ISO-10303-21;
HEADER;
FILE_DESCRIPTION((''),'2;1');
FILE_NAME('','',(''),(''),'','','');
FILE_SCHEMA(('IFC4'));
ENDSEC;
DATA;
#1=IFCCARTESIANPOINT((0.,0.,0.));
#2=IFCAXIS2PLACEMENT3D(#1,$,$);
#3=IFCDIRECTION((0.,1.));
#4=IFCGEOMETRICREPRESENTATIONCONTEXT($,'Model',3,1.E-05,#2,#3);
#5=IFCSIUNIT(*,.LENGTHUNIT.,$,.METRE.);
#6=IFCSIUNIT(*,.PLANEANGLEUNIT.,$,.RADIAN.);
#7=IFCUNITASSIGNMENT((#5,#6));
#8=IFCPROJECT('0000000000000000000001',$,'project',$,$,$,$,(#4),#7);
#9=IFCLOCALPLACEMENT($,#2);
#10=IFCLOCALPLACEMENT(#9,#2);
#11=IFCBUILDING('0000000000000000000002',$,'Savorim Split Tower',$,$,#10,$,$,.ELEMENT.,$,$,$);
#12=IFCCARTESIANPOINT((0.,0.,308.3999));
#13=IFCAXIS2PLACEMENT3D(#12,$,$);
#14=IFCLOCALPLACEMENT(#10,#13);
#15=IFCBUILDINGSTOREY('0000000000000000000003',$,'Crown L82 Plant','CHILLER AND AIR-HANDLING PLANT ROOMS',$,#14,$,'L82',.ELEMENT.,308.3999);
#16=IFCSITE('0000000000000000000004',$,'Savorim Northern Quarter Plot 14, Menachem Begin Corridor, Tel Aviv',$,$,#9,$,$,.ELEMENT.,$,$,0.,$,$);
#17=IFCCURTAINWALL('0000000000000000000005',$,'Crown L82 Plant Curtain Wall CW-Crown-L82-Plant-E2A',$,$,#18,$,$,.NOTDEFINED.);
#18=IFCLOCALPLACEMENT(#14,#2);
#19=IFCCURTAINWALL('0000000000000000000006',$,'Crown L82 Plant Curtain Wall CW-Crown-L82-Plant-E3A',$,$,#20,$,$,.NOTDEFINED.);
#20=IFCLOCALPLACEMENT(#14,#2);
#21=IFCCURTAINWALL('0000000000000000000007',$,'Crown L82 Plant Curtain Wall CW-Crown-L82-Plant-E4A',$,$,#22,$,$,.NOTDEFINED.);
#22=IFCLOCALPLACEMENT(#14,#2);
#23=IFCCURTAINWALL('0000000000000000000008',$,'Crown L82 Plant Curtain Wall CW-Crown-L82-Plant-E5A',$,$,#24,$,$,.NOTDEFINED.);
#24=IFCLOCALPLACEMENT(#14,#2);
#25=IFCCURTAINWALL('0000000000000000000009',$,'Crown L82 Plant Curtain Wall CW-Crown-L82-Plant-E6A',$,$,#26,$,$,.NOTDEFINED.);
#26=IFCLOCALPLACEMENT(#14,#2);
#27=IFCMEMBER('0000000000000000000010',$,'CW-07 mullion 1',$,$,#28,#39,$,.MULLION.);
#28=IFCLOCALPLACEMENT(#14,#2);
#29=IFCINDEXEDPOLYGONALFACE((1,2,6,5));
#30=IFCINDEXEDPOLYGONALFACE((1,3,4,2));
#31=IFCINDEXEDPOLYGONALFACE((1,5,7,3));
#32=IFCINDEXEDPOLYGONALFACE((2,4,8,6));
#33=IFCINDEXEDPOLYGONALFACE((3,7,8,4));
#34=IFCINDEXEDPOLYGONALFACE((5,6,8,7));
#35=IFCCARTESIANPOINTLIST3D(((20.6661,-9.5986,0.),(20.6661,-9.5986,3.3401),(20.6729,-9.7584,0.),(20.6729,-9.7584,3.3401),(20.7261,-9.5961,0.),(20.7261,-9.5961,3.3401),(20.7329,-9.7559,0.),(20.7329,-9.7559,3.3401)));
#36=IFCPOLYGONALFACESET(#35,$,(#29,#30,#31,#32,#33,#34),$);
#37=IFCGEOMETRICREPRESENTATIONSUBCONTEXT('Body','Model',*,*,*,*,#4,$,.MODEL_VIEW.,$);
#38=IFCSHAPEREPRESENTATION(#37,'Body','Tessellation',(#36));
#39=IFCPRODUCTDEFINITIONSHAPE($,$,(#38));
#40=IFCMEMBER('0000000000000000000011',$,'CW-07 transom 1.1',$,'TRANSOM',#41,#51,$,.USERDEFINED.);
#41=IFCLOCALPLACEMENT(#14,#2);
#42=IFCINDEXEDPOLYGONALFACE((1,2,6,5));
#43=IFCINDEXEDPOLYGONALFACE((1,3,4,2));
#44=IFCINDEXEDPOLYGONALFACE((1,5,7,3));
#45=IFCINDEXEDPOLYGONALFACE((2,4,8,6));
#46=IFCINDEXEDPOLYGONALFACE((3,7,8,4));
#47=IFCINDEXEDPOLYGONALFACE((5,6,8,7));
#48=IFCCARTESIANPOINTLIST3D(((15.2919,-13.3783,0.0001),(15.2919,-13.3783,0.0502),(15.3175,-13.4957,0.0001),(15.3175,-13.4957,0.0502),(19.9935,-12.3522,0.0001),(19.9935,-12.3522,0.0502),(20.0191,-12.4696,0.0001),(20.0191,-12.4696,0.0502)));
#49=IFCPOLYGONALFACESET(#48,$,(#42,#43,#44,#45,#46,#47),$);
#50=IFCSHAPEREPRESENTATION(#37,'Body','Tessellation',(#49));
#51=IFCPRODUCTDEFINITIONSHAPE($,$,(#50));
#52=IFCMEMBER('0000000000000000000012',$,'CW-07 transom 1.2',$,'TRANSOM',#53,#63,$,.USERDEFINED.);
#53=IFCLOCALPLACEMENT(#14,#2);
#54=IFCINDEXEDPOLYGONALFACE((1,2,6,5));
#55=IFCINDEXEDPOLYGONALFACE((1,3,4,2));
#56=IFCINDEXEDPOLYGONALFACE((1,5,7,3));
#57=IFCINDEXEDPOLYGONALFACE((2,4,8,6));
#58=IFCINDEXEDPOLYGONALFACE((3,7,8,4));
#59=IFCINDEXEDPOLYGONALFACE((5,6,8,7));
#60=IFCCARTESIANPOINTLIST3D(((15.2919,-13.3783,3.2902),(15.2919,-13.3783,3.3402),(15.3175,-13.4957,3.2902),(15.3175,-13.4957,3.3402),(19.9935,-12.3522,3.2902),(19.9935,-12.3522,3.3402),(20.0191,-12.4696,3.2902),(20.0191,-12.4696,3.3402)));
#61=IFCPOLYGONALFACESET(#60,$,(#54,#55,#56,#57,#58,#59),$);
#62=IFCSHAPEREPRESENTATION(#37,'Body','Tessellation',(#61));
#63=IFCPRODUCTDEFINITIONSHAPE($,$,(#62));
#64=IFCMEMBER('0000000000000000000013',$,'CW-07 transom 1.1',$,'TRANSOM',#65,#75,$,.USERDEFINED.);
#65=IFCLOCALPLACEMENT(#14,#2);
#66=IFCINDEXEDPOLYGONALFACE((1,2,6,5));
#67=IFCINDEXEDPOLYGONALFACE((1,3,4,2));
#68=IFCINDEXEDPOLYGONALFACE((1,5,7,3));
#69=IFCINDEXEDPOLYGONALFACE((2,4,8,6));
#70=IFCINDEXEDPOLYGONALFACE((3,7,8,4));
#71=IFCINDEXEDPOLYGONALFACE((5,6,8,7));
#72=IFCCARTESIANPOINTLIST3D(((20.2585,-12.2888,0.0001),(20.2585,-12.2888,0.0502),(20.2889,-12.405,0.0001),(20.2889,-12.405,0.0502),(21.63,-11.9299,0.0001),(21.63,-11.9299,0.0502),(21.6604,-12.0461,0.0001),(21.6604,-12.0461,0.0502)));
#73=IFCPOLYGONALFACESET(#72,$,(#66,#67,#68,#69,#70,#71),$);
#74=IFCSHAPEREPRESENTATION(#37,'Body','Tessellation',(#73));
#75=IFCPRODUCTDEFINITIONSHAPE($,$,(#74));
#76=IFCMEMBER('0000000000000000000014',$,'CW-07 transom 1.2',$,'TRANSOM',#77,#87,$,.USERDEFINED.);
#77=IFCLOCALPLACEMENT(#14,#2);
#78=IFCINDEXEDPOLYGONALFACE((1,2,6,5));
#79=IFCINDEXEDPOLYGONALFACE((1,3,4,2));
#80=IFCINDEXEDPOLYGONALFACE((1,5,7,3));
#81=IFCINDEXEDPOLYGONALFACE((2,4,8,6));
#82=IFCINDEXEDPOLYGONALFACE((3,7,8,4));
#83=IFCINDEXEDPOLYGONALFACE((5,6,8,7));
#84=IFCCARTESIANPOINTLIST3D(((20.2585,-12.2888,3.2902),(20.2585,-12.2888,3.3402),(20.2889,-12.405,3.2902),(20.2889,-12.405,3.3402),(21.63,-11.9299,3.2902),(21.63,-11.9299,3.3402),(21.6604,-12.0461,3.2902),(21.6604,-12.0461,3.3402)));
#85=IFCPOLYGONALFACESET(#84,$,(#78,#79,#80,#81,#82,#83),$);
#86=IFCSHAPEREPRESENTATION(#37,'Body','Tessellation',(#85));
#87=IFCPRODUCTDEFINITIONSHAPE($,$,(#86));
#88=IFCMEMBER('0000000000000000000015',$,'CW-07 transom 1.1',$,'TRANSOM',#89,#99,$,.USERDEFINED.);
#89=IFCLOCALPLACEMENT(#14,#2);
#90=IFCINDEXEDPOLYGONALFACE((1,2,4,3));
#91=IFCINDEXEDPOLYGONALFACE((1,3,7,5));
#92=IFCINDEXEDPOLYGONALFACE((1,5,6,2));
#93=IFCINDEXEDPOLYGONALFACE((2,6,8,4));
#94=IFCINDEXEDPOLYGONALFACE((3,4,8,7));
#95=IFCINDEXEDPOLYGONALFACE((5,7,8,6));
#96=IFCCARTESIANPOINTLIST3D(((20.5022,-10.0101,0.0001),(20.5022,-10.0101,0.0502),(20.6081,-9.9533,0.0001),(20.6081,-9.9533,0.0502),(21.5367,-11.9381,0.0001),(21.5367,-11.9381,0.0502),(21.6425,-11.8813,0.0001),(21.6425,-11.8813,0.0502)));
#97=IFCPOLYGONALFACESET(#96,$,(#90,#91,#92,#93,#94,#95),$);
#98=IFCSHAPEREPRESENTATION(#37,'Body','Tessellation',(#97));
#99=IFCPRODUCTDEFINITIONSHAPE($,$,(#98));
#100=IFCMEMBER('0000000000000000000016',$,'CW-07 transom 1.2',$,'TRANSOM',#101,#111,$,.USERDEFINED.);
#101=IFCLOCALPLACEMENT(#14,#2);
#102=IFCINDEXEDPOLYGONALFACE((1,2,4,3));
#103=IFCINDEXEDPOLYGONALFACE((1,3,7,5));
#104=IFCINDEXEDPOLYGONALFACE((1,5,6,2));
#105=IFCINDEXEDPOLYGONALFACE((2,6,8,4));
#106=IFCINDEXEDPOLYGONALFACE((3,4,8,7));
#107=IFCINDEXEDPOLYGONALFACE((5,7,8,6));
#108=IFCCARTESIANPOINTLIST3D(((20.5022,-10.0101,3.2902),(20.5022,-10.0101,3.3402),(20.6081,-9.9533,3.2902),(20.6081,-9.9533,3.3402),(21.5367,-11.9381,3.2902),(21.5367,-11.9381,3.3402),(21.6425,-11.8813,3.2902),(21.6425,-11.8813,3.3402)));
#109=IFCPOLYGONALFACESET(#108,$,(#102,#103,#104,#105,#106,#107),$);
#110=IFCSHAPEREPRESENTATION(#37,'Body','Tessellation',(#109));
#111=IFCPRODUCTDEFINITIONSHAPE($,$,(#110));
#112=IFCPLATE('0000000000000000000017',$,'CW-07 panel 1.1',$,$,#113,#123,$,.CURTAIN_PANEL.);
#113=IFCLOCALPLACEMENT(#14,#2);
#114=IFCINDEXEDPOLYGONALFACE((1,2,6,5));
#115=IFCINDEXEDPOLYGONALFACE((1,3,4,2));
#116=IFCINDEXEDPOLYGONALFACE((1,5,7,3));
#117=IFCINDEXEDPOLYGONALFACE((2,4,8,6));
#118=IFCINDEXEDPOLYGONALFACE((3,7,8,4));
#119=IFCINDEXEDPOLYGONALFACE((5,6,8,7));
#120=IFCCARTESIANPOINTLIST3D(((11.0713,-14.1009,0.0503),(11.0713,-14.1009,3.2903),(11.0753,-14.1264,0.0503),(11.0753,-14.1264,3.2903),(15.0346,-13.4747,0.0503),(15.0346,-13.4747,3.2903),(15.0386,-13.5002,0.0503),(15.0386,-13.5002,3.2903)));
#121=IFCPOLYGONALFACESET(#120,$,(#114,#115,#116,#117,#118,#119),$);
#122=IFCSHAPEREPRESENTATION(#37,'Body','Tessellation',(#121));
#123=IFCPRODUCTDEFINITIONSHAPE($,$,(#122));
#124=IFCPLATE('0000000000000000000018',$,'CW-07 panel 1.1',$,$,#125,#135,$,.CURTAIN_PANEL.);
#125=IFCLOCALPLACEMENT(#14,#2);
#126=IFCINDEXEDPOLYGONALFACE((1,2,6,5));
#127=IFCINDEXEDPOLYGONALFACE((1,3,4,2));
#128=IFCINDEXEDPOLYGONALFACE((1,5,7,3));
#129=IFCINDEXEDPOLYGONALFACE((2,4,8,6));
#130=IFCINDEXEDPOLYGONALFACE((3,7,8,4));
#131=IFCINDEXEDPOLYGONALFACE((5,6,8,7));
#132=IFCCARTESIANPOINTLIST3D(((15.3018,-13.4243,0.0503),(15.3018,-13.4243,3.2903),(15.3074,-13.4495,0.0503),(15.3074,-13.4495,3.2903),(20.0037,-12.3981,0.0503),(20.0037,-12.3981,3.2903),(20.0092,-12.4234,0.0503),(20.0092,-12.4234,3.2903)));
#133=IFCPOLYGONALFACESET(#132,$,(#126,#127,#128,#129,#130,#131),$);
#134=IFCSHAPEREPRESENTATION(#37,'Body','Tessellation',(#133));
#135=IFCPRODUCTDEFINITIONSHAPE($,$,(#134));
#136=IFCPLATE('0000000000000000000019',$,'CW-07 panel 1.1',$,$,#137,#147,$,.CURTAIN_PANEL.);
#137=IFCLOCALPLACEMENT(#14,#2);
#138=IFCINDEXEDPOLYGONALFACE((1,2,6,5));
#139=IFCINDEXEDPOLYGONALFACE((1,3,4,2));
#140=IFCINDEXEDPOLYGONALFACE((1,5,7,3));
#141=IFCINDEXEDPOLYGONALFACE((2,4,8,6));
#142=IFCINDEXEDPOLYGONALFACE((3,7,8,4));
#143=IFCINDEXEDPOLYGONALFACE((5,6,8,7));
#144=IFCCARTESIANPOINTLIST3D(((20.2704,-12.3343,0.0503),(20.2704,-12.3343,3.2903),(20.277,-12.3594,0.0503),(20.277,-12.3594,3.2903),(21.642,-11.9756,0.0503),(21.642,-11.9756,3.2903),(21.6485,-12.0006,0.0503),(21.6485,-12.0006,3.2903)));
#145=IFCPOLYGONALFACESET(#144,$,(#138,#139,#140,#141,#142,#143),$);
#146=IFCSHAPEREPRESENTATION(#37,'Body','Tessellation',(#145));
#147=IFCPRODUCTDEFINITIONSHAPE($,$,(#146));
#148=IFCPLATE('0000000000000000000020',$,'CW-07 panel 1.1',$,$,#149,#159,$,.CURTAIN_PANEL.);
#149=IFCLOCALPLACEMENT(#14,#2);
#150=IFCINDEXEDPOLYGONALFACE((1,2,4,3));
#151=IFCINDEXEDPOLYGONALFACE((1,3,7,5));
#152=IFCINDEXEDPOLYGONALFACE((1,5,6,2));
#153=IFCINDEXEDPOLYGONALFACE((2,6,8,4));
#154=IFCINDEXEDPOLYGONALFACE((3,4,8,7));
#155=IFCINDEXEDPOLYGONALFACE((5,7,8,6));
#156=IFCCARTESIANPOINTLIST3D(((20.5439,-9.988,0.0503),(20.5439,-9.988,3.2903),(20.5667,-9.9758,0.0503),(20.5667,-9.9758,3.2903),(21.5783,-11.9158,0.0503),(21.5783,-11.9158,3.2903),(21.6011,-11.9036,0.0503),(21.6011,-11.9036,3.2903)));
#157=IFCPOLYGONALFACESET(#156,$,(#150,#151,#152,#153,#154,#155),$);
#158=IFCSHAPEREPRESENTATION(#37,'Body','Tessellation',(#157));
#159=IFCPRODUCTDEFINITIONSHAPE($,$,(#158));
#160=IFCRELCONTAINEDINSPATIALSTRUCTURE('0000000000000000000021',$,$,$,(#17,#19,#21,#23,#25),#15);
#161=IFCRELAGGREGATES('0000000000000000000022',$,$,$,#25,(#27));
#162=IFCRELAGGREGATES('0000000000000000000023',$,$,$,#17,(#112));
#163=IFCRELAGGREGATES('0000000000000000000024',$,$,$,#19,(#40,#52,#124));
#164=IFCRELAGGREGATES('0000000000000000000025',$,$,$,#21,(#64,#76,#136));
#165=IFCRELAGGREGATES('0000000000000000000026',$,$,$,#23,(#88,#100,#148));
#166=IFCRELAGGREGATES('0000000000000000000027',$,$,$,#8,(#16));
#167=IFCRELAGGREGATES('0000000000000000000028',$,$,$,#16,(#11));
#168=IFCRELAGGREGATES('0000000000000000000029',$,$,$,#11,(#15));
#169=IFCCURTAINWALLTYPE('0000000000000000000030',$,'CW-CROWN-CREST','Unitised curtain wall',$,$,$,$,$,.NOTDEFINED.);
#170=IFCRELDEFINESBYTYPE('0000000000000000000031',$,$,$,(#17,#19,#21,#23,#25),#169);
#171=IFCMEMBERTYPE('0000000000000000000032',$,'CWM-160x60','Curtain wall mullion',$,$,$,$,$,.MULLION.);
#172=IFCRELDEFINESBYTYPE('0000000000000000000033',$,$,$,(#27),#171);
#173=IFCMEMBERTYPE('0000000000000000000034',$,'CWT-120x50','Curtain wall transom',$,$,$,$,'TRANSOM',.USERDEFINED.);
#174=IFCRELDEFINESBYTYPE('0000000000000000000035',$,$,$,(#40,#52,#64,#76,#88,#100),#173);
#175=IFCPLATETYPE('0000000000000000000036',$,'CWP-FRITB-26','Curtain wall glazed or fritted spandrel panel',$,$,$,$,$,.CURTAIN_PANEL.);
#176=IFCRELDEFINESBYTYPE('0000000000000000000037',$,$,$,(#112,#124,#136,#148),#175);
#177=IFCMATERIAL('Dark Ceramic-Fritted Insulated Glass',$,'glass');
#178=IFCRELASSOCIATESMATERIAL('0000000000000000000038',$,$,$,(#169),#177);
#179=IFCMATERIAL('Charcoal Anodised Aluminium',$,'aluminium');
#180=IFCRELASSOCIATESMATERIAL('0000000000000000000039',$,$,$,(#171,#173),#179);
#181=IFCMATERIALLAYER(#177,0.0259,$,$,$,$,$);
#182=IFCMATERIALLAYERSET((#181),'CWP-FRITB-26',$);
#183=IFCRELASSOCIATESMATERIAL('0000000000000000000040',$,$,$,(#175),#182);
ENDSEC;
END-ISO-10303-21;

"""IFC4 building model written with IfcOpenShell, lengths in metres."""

from ifc_helpers import new_model, si_unit, direction, frame, origin, origin_2d, place, context, subcontext, project, spatial, rectangle, extrude, material, layer, layer_set, material_profile, profile_set, type_object, element, aggregate, save


model = new_model("IFC4")

# Units and contexts
model_context = context("Model", 3, precision=1e-05, world=origin(), true_north=direction((0.0, 1.0)))
body_context = subcontext(model_context, "Body", "Model", "MODEL_VIEW")
ifc_project = project(units=[si_unit("LENGTHUNIT", "METRE"), si_unit("PLANEANGLEUNIT", "RADIAN")], contexts=[model_context])

# Site, building, storey
site_placement = place(None, origin())
site = spatial("IfcSite", under=ifc_project, at=site_placement, Name="Savorim Northern Quarter Plot 14, Menachem Begin Corridor, Tel Aviv", CompositionType="ELEMENT", RefElevation=0.0)
building_placement = place(site_placement, origin())
building = spatial("IfcBuilding", under=site, at=building_placement, Name="Savorim Split Tower", CompositionType="ELEMENT")
storey_placement = place(building_placement, frame((0.0, 0.0, 308.3999)))
storey = spatial("IfcBuildingStorey", under=building, at=storey_placement, Name="Crown L82 Plant", Description="CHILLER AND AIR-HANDLING PLANT ROOMS", LongName="L82", CompositionType="ELEMENT", Elevation=308.3999)

# Curtain wall
ifc_material_1 = material(Name="Dark Ceramic-Fritted Insulated Glass", Category="glass")
curtain_wall_type = type_object("IfcCurtainWallType", Name="CW-CROWN-CREST", Description="Unitised curtain wall", PredefinedType="NOTDEFINED", material=ifc_material_1)
curtain_wall_1_placement = place(storey_placement, origin())
curtain_wall_1 = element("IfcCurtainWall", 1, at=curtain_wall_1_placement, inside=storey, type_object=curtain_wall_type, Name="Crown L82 Plant Curtain Wall CW-Crown-L82-Plant-E2A", PredefinedType="NOTDEFINED")
ifc_material_2 = material(Name="Charcoal Anodised Aluminium", Category="aluminium")
ifc_material_profile_1 = material_profile(ifc_material_2, rectangle(XDim=0.1599, YDim=0.0601, at=origin_2d()), Name="ALU-M 160x60")
ifc_profile_set_1 = profile_set([ifc_material_profile_1], Name="Charcoal Anodised Aluminium")
member_type_1 = type_object("IfcMemberType", Name="CWM-160x60", Description="Curtain wall mullion", PredefinedType="MULLION", material=ifc_profile_set_1)

# Curtain walls
curtain_wall_2_placement = place(storey_placement, origin())
curtain_wall_2 = element("IfcCurtainWall", 2, at=curtain_wall_2_placement, inside=storey, type_object=curtain_wall_type, Name="Crown L82 Plant Curtain Wall CW-Crown-L82-Plant-E3A", PredefinedType="NOTDEFINED")
curtain_wall_3_placement = place(storey_placement, origin())
curtain_wall_3 = element("IfcCurtainWall", 3, at=curtain_wall_3_placement, inside=storey, type_object=curtain_wall_type, Name="Crown L82 Plant Curtain Wall CW-Crown-L82-Plant-E4A", PredefinedType="NOTDEFINED")
curtain_wall_4_placement = place(storey_placement, origin())
curtain_wall_4 = element("IfcCurtainWall", 4, at=curtain_wall_4_placement, inside=storey, type_object=curtain_wall_type, Name="Crown L82 Plant Curtain Wall CW-Crown-L82-Plant-E5A", PredefinedType="NOTDEFINED")

# Curtain wall, member
curtain_wall_5_placement = place(storey_placement, origin())
curtain_wall_5 = element("IfcCurtainWall", 5, at=curtain_wall_5_placement, inside=storey, type_object=curtain_wall_type, Name="Crown L82 Plant Curtain Wall CW-Crown-L82-Plant-E6A", PredefinedType="NOTDEFINED")
member_1_placement = place(storey_placement, frame((20.6995, -9.6772, 0.0), z_axis=(0.0, 0.0, 1.0), x_axis=(-0.042521, 0.999096, 0.0)))
member_1 = element("IfcMember", 6, at=member_1_placement, type_object=member_type_1, Name="CW-07 mullion 1", PredefinedType="MULLION", context=body_context, shape_type="SweptSolid", body=[
    extrude(rectangle(XDim=0.1599, YDim=0.0601, at=origin_2d()), origin(), (0.0, 0.0, 1.0), 3.3401),
])
aggregate(curtain_wall_5, [member_1])

# Members
ifc_material_profile_2 = material_profile(ifc_material_2, rectangle(XDim=0.1201, YDim=0.05, at=origin_2d()), Name="ALU-T 120x50")
ifc_profile_set_2 = profile_set([ifc_material_profile_2], Name="Charcoal Anodised Aluminium")
member_type_2 = type_object("IfcMemberType", Name="CWT-120x50", Description="Curtain wall transom", ElementType="TRANSOM", PredefinedType="USERDEFINED", material=ifc_profile_set_2)
member_2_placement = place(storey_placement, frame((15.3047, -13.437, 0.0251), z_axis=(0.977003, 0.213228, 0.0), x_axis=(-0.213228, 0.977003, 0.0)))
member_2 = element("IfcMember", 7, at=member_2_placement, type_object=member_type_2, Name="CW-07 transom 1.1", ObjectType="TRANSOM", PredefinedType="USERDEFINED", context=body_context, shape_type="SweptSolid", body=[
    extrude(rectangle(XDim=0.1201, YDim=0.05, at=origin_2d()), origin(), (0.0, 0.0, 1.0), 4.8123),
])
member_3_placement = place(storey_placement, frame((15.3047, -13.437, 3.3152), z_axis=(0.977003, 0.213228, 0.0), x_axis=(-0.213228, 0.977003, 0.0)))
member_3 = element("IfcMember", 8, at=member_3_placement, type_object=member_type_2, Name="CW-07 transom 1.2", ObjectType="TRANSOM", PredefinedType="USERDEFINED", context=body_context, shape_type="SweptSolid", body=[
    extrude(rectangle(XDim=0.1201, YDim=0.05, at=origin_2d()), origin(), (0.0, 0.0, 1.0), 4.8123),
])
member_4_placement = place(storey_placement, frame((20.2737, -12.3469, 0.0251), z_axis=(0.96743, 0.253137, 0.0), x_axis=(-0.253137, 0.96743, 0.0)))
member_4 = element("IfcMember", 9, at=member_4_placement, type_object=member_type_2, Name="CW-07 transom 1.1", ObjectType="TRANSOM", PredefinedType="USERDEFINED", context=body_context, shape_type="SweptSolid", body=[
    extrude(rectangle(XDim=0.1201, YDim=0.05, at=origin_2d()), origin(), (0.0, 0.0, 1.0), 1.4177),
])
member_5_placement = place(storey_placement, frame((20.2737, -12.3469, 3.3152), z_axis=(0.96743, 0.253137, 0.0), x_axis=(-0.253137, 0.96743, 0.0)))
member_5 = element("IfcMember", 10, at=member_5_placement, type_object=member_type_2, Name="CW-07 transom 1.2", ObjectType="TRANSOM", PredefinedType="USERDEFINED", context=body_context, shape_type="SweptSolid", body=[
    extrude(rectangle(XDim=0.1201, YDim=0.05, at=origin_2d()), origin(), (0.0, 0.0, 1.0), 1.4177),
])
member_6_placement = place(storey_placement, frame((21.5896, -11.9097, 0.0251), z_axis=(-0.472782, 0.88118, 0.0), x_axis=(-0.88118, -0.472782, 0.0)))
member_6 = element("IfcMember", 11, at=member_6_placement, type_object=member_type_2, Name="CW-07 transom 1.1", ObjectType="TRANSOM", PredefinedType="USERDEFINED", context=body_context, shape_type="SweptSolid", body=[
    extrude(rectangle(XDim=0.1201, YDim=0.05, at=origin_2d()), origin(), (0.0, 0.0, 1.0), 2.188),
])
member_7_placement = place(storey_placement, frame((21.5896, -11.9097, 3.3152), z_axis=(-0.472782, 0.88118, 0.0), x_axis=(-0.88118, -0.472782, 0.0)))
member_7 = element("IfcMember", 12, at=member_7_placement, type_object=member_type_2, Name="CW-07 transom 1.2", ObjectType="TRANSOM", PredefinedType="USERDEFINED", context=body_context, shape_type="SweptSolid", body=[
    extrude(rectangle(XDim=0.1201, YDim=0.05, at=origin_2d()), origin(), (0.0, 0.0, 1.0), 2.188),
])

# Plates
ifc_layer_1 = layer(ifc_material_1, 0.0259)
ifc_layer_set_1 = layer_set([ifc_layer_1], Name="CWP-FRITB-26")
plate_type = type_object("IfcPlateType", Name="CWP-FRITB-26", Description="Curtain wall glazed or fritted spandrel panel", PredefinedType="CURTAIN_PANEL", material=ifc_layer_set_1)
plate_1_placement = place(storey_placement, frame((13.0549, -13.8005, 0.0503), z_axis=(0.0, 0.0, 1.0), x_axis=(0.987747, 0.156062, 0.0)))
plate_1 = element("IfcPlate", 13, at=plate_1_placement, type_object=plate_type, Name="CW-07 panel 1.1", PredefinedType="CURTAIN_PANEL", context=body_context, shape_type="SweptSolid", body=[
    extrude(rectangle(XDim=4.0125, YDim=0.0259, at=origin_2d()), origin(), (0.0, 0.0, 1.0), 3.24),
])
aggregate(curtain_wall_1, [plate_1])
plate_2_placement = place(storey_placement, frame((17.6555, -12.9238, 0.0503), z_axis=(0.0, 0.0, 1.0), x_axis=(0.977004, 0.213222, 0.0)))
plate_2 = element("IfcPlate", 14, at=plate_2_placement, type_object=plate_type, Name="CW-07 panel 1.1", PredefinedType="CURTAIN_PANEL", context=body_context, shape_type="SweptSolid", body=[
    extrude(rectangle(XDim=4.8125, YDim=0.0259, at=origin_2d()), origin(), (0.0, 0.0, 1.0), 3.24),
])
aggregate(curtain_wall_2, [member_2, member_3, plate_2])
plate_3_placement = place(storey_placement, frame((20.9595, -12.1675, 0.0503), z_axis=(0.0, 0.0, 1.0), x_axis=(0.967458, 0.253033, 0.0)))
plate_3 = element("IfcPlate", 15, at=plate_3_placement, type_object=plate_type, Name="CW-07 panel 1.1", PredefinedType="CURTAIN_PANEL", context=body_context, shape_type="SweptSolid", body=[
    extrude(rectangle(XDim=1.4177, YDim=0.0259, at=origin_2d()), origin(), (0.0, 0.0, 1.0), 3.24),
])
aggregate(curtain_wall_3, [member_4, member_5, plate_3])
plate_4_placement = place(storey_placement, frame((21.0725, -10.9458, 0.0503), z_axis=(0.0, 0.0, 1.0), x_axis=(-0.472818, 0.88116, 0.0)))
plate_4 = element("IfcPlate", 16, at=plate_4_placement, type_object=plate_type, Name="CW-07 panel 1.1", PredefinedType="CURTAIN_PANEL", context=body_context, shape_type="SweptSolid", body=[
    extrude(rectangle(XDim=2.1877, YDim=0.0259, at=origin_2d()), origin(), (0.0, 0.0, 1.0), 3.24),
])
aggregate(curtain_wall_4, [member_6, member_7, plate_4])

save(model, "model.ifc")
